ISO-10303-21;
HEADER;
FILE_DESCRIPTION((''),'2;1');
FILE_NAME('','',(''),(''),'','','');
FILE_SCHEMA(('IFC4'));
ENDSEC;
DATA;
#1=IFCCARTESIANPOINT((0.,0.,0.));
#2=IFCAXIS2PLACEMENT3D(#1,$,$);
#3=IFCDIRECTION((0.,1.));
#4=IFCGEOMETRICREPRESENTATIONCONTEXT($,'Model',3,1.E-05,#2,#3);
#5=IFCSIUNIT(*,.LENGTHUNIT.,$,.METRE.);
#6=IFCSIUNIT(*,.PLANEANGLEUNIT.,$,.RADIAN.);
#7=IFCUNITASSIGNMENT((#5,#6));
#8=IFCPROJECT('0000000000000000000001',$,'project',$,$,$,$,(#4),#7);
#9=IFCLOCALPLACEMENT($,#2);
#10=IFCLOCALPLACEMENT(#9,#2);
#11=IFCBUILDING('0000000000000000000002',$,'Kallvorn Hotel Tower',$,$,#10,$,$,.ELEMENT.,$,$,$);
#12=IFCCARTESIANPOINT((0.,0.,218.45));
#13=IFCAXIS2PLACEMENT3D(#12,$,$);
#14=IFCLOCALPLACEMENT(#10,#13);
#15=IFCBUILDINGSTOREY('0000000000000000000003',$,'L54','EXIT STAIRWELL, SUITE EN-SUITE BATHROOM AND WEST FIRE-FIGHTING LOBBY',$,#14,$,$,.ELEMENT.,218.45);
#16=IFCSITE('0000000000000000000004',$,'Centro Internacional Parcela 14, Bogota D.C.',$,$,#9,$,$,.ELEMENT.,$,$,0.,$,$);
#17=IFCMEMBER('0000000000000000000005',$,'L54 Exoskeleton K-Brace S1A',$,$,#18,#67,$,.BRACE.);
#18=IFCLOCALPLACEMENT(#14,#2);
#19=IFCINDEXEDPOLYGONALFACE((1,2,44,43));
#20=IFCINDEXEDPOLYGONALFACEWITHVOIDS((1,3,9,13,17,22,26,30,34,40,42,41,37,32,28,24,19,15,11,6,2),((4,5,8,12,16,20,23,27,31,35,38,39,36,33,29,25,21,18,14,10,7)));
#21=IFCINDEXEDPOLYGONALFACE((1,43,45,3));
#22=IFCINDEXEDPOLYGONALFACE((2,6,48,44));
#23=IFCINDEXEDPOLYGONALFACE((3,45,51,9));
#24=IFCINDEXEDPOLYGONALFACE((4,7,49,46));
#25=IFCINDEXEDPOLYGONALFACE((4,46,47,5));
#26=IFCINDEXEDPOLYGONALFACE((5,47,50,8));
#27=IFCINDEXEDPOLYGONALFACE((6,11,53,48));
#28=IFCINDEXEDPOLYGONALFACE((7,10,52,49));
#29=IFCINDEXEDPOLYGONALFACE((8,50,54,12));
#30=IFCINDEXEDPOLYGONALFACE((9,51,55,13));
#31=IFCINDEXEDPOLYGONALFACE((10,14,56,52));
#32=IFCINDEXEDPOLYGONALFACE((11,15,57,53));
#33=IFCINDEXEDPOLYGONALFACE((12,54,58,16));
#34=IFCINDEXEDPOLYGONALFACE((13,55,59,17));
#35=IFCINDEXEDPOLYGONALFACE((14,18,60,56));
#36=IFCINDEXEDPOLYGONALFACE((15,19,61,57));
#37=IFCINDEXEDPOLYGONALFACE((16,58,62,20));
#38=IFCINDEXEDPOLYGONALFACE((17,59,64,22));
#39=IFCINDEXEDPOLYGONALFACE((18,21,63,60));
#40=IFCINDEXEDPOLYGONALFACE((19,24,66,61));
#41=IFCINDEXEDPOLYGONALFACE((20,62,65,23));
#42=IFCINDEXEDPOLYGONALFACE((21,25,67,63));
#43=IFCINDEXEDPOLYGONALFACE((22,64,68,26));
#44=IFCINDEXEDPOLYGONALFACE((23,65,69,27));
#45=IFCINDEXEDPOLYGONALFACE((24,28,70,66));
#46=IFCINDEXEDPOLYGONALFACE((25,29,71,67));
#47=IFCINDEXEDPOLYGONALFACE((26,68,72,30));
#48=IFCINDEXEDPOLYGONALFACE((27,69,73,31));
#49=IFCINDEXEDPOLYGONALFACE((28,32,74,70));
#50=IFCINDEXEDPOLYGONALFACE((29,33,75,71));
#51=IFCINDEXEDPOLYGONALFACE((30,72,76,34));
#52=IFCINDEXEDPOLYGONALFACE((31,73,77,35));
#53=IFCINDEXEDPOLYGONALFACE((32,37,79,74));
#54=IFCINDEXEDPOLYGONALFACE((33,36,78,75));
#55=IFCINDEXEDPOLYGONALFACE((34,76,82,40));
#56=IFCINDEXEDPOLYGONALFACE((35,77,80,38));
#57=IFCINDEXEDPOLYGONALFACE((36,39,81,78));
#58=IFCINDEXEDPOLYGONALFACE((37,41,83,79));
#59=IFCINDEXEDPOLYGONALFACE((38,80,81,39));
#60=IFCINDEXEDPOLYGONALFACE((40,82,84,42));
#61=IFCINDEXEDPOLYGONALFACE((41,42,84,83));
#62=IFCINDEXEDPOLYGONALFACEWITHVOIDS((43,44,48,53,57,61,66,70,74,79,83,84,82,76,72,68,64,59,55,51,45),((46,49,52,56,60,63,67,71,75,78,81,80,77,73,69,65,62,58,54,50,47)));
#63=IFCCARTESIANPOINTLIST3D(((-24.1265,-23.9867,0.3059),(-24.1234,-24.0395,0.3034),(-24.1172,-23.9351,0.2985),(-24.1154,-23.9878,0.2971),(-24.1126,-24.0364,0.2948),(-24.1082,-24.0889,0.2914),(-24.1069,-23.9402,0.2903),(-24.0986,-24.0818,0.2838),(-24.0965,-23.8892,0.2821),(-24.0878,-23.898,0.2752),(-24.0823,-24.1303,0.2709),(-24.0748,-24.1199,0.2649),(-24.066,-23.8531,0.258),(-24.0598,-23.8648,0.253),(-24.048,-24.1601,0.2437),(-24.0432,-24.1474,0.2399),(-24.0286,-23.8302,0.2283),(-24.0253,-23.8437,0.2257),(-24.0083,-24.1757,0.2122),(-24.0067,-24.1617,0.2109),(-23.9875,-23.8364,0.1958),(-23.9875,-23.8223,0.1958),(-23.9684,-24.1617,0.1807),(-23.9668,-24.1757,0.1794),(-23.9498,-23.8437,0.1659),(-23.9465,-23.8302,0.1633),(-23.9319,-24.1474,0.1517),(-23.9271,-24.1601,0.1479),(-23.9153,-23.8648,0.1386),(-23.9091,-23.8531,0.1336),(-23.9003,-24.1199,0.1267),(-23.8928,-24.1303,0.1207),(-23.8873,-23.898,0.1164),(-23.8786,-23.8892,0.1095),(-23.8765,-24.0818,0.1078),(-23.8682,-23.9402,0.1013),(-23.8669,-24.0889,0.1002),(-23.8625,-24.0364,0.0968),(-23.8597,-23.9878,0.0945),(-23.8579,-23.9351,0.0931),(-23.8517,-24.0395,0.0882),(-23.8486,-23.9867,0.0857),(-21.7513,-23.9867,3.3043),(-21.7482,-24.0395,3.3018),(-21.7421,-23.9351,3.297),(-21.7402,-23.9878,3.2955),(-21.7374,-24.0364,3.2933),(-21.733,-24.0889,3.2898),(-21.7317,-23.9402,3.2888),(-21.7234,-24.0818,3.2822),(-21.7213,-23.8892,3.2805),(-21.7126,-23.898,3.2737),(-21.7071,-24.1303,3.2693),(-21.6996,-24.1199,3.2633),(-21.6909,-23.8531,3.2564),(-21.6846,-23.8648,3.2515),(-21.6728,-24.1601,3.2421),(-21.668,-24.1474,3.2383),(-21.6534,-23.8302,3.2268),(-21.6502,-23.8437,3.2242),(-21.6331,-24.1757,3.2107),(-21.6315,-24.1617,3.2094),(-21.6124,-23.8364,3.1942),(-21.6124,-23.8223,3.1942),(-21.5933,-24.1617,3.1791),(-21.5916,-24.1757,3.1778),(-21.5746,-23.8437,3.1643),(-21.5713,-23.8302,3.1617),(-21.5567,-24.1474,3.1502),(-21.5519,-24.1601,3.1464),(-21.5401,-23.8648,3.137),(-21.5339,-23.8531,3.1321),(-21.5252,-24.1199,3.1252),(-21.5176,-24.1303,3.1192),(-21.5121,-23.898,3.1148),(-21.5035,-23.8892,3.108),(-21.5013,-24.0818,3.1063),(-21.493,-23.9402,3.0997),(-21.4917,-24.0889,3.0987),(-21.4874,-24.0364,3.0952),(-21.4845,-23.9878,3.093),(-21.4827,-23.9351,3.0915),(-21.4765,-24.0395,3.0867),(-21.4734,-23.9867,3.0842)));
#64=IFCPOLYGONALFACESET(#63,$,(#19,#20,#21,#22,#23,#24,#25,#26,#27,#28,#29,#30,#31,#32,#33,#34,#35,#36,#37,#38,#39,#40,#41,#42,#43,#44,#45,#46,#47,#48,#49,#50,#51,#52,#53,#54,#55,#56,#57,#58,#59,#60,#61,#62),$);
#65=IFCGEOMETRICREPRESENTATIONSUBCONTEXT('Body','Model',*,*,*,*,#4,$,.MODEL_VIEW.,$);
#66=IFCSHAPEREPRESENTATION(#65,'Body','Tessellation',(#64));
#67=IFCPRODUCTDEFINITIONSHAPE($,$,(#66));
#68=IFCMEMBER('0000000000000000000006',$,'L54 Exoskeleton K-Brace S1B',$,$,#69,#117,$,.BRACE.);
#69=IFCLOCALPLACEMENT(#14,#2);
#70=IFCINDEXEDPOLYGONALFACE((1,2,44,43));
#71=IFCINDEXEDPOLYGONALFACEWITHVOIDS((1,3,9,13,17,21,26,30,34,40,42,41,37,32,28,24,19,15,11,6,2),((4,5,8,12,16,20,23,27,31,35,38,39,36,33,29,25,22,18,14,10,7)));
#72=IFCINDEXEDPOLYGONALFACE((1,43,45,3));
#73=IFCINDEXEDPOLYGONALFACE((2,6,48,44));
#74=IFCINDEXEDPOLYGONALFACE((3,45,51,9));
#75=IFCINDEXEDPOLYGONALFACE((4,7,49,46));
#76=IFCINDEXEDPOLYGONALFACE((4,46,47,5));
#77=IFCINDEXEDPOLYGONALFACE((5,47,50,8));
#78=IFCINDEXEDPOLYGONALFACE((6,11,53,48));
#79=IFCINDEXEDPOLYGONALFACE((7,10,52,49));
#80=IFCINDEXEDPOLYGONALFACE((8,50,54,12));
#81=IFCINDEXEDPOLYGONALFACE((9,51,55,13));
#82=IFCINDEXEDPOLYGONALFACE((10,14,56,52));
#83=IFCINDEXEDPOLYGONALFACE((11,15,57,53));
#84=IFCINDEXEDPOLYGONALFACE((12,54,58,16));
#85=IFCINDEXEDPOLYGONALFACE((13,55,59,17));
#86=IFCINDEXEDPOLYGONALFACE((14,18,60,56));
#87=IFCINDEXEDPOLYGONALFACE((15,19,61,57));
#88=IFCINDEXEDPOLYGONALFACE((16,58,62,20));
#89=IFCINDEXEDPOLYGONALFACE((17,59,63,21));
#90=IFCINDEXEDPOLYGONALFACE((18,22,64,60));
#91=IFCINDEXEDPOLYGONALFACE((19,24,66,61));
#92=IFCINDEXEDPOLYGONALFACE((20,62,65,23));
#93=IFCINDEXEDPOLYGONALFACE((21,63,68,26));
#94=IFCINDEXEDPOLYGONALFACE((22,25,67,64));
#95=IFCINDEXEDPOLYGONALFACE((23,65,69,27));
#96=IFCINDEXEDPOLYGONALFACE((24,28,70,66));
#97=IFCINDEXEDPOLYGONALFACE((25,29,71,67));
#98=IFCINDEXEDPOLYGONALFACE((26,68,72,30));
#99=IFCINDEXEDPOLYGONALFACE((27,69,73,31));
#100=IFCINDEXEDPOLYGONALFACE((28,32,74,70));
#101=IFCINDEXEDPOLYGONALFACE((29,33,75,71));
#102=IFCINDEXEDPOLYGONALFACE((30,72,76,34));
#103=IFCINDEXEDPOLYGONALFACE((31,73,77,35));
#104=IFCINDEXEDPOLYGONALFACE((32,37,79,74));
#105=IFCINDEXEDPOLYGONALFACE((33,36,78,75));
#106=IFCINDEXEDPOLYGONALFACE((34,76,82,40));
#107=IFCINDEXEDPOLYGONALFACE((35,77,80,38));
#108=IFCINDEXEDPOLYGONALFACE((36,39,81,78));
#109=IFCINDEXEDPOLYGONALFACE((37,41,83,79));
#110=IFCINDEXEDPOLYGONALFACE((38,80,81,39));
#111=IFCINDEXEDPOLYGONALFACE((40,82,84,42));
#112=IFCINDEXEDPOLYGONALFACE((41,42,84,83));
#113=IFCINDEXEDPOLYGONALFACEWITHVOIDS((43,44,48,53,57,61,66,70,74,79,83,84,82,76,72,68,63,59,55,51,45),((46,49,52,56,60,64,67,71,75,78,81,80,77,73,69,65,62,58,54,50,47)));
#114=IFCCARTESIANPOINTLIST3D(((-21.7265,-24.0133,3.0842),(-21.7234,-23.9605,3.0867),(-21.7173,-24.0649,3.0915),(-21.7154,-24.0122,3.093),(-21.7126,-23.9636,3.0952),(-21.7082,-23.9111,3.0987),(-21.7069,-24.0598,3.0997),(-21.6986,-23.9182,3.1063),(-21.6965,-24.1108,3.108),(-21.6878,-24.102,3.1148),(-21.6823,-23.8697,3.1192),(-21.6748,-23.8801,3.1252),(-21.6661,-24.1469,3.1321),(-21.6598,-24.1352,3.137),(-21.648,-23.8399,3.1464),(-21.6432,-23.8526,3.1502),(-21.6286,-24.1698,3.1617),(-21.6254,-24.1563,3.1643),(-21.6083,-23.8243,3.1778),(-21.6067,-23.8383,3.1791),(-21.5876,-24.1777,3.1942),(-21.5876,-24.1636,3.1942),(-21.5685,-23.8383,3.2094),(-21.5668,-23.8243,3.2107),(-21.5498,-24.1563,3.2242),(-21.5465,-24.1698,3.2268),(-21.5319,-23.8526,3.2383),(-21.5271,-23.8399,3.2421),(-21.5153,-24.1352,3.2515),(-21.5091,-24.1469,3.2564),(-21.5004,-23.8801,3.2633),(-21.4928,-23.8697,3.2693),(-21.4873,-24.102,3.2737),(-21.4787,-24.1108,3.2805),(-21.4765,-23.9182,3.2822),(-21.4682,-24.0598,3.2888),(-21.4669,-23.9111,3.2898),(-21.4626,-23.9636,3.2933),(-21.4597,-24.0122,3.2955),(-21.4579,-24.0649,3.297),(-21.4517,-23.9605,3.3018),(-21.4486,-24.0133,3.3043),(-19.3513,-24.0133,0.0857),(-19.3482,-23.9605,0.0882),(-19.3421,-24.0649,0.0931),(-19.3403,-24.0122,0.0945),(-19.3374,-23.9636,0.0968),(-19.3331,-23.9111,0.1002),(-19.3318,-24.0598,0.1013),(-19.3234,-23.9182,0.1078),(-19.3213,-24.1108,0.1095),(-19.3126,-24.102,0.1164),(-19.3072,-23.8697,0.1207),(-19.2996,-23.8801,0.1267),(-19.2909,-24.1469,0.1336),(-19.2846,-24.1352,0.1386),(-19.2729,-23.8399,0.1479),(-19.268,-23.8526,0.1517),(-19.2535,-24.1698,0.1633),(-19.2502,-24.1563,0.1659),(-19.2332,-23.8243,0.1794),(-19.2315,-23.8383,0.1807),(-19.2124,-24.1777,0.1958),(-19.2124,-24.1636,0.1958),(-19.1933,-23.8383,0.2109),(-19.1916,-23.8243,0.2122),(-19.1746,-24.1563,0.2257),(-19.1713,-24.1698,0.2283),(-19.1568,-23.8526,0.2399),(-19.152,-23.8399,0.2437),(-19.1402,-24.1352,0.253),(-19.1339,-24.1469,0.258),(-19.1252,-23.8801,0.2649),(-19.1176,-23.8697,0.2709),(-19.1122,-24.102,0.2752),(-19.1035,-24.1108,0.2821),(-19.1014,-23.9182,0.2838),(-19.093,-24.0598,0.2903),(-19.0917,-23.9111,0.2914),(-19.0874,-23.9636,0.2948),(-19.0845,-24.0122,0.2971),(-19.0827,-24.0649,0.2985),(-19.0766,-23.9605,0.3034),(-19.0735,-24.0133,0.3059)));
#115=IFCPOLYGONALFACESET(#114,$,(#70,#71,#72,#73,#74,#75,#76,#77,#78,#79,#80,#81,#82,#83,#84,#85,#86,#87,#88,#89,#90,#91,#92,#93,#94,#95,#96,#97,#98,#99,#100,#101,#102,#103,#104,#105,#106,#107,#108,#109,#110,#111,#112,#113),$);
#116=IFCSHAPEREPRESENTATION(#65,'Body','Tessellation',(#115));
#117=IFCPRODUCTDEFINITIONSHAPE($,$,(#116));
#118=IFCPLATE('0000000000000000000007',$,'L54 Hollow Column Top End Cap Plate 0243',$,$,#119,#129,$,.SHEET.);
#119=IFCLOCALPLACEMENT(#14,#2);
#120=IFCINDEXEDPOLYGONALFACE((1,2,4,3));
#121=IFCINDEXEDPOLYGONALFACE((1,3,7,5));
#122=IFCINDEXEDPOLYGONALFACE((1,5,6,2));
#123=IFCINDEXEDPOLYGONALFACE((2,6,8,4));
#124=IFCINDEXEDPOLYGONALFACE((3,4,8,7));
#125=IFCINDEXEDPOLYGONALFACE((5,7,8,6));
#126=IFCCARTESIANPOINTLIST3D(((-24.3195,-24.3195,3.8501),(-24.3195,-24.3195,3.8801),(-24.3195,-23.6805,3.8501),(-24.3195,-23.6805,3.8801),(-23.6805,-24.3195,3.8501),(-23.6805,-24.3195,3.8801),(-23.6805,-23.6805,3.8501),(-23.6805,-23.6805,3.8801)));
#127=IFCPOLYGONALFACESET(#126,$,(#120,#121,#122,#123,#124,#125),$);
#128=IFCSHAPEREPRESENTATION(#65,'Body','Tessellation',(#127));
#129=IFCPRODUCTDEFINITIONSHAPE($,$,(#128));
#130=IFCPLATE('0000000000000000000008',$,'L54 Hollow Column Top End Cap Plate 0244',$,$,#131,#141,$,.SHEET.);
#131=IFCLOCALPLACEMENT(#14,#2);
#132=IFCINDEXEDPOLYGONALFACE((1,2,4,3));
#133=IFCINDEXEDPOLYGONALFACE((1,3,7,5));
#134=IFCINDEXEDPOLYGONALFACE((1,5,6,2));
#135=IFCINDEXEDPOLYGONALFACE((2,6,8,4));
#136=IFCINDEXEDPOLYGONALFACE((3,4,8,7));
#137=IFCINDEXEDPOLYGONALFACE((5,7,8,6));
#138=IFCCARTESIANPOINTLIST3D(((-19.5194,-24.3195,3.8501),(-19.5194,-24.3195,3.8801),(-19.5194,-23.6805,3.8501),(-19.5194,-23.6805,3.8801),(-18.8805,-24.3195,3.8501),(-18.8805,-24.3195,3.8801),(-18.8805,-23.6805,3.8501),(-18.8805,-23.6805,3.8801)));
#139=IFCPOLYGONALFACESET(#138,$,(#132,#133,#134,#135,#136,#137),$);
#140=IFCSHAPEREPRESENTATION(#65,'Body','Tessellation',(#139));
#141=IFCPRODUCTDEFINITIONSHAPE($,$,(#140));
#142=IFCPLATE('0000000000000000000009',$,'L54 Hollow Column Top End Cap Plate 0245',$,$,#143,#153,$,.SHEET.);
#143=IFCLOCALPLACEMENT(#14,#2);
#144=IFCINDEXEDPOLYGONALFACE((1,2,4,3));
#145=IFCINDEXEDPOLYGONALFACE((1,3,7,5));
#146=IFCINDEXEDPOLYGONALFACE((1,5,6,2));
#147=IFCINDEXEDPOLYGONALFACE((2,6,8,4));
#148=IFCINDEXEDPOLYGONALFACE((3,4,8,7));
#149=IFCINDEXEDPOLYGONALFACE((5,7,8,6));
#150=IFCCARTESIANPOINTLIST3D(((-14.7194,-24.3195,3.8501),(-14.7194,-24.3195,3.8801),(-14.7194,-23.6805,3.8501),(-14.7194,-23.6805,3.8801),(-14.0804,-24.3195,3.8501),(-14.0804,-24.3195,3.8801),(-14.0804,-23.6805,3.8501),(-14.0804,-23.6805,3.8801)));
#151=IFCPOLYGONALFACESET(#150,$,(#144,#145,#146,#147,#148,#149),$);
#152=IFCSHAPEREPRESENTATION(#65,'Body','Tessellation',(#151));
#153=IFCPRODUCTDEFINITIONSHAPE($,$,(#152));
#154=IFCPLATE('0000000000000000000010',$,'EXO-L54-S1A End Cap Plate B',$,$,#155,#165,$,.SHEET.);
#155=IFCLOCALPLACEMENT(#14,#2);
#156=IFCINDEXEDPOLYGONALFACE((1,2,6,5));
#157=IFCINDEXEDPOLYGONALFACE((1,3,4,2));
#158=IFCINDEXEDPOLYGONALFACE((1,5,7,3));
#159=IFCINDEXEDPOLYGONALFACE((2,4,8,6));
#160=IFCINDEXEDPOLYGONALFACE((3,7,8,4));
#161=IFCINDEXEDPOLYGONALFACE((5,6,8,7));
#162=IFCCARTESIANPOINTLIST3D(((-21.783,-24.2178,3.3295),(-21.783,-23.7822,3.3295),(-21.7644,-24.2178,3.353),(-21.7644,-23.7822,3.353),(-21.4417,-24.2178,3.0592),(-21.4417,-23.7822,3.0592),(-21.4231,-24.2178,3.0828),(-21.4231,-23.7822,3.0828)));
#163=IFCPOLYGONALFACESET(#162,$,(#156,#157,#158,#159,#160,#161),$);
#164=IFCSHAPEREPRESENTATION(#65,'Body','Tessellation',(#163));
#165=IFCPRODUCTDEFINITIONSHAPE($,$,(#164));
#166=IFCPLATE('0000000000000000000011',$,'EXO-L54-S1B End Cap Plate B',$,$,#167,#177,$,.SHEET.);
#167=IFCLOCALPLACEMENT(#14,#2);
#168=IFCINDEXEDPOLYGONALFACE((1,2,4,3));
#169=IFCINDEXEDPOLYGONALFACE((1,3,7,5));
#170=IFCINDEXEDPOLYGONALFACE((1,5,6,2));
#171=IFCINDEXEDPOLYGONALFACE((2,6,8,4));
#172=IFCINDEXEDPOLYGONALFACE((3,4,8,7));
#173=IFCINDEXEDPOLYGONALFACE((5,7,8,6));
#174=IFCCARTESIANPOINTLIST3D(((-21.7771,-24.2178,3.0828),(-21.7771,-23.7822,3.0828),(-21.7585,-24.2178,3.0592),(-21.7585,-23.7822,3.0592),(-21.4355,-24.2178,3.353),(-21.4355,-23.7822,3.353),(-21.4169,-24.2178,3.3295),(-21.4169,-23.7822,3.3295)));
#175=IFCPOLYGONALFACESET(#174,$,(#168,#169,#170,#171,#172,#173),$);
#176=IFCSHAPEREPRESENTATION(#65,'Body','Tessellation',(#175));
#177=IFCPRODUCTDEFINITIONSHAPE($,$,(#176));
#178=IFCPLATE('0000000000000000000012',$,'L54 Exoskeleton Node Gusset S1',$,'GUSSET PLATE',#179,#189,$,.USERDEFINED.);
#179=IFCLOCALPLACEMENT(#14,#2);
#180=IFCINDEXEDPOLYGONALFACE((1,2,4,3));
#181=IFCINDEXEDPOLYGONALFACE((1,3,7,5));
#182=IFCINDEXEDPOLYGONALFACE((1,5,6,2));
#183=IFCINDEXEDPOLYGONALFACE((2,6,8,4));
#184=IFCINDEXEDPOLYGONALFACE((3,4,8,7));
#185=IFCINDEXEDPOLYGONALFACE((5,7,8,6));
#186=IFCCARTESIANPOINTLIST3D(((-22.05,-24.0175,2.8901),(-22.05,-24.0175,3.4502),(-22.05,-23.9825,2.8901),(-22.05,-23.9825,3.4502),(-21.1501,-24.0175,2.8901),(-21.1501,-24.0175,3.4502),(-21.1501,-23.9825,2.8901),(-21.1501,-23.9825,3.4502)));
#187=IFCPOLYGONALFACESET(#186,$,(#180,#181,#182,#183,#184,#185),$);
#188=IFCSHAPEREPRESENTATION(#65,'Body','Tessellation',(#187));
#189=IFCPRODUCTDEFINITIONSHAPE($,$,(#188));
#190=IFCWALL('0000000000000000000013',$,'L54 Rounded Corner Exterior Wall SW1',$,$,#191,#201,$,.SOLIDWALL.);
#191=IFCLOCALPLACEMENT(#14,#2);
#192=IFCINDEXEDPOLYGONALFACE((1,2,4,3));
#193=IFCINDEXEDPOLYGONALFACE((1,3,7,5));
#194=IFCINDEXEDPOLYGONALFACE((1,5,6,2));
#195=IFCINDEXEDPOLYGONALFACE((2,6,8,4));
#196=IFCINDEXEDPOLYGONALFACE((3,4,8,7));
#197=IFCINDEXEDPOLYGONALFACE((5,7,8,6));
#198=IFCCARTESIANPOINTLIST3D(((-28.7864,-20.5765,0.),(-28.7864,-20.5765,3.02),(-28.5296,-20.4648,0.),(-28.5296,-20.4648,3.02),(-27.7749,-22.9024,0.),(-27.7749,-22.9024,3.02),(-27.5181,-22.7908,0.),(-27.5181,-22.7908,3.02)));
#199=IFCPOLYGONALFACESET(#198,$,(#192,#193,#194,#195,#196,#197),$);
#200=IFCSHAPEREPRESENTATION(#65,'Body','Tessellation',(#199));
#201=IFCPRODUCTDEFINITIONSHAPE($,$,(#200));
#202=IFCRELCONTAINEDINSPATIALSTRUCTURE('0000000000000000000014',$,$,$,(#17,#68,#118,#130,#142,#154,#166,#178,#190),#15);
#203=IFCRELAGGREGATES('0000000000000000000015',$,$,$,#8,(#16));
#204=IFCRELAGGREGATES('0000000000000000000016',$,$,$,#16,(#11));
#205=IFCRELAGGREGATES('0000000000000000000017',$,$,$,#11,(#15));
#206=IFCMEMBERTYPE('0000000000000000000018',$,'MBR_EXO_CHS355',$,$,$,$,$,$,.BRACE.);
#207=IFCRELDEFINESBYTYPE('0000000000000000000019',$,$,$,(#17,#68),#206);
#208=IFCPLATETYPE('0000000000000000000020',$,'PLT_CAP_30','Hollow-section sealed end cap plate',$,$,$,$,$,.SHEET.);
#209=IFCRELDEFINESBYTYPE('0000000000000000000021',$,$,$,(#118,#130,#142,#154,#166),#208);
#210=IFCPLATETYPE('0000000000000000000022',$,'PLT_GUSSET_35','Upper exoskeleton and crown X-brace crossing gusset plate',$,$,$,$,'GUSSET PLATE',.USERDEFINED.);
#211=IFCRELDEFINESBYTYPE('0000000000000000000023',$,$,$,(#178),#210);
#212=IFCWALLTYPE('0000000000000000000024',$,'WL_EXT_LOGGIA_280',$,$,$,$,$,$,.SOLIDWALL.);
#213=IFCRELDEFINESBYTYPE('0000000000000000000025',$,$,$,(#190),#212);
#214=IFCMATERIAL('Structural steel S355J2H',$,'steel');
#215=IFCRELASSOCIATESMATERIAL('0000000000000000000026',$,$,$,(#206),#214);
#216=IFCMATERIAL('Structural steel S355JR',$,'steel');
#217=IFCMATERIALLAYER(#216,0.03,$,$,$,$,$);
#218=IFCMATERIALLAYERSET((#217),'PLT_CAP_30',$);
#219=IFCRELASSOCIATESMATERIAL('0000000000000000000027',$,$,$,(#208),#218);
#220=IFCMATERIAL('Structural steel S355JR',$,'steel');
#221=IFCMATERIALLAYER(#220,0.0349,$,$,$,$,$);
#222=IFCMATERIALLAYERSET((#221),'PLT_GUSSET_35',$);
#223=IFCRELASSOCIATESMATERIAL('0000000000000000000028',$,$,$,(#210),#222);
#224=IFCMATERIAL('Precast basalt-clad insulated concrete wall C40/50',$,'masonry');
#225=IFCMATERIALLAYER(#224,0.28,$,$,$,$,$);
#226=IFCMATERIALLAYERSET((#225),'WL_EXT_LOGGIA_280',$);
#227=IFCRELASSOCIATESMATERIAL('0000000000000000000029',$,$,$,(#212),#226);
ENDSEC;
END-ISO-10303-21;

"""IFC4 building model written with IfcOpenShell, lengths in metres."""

from ifc_helpers import new_model, si_unit, direction, frame, frame_2d, origin, origin_2d, place, context, subcontext, project, spatial, polyline, rectangle, hollow_circle, outline, extrude, material, layer, layer_set, material_profile, profile_set, type_object, element, save


model = new_model("IFC4")

# Units and contexts
model_context = context("Model", 3, precision=1e-05, world=origin(), true_north=direction((0.0, 1.0)))
body_context = subcontext(model_context, "Body", "Model", "MODEL_VIEW")
ifc_project = project(units=[si_unit("LENGTHUNIT", "METRE"), si_unit("PLANEANGLEUNIT", "RADIAN")], contexts=[model_context])

# Site, building, storey
site_placement = place(None, origin())
site = spatial("IfcSite", under=ifc_project, at=site_placement, Name="Centro Internacional Parcela 14, Bogota D.C.", CompositionType="ELEMENT", RefElevation=0.0)
building_placement = place(site_placement, origin())
building = spatial("IfcBuilding", under=site, at=building_placement, Name="Kallvorn Hotel Tower", CompositionType="ELEMENT")
storey_placement = place(building_placement, frame((0.0, 0.0, 218.45)))
storey = spatial("IfcBuildingStorey", under=building, at=storey_placement, Name="L54", Description="EXIT STAIRWELL, SUITE EN-SUITE BATHROOM AND WEST FIRE-FIGHTING LOBBY", CompositionType="ELEMENT", Elevation=218.45)

# Members
ifc_material_1 = material(Name="Structural steel S355J2H", Category="steel")
ifc_material_profile_1 = material_profile(ifc_material_1, hollow_circle(Radius=0.1777, WallThickness=0.0142, at=origin_2d()), Name="CHS 355.6x14.2")
ifc_profile_set_1 = profile_set([ifc_material_profile_1], Name="Structural steel S355J2H")
member_type = type_object("IfcMemberType", Name="MBR_EXO_CHS355", PredefinedType="BRACE", material=ifc_profile_set_1)
for number, where, z_axis, x_axis, name in (
    (1, (-23.9875, -24.0, 0.1958), (0.620929, 0.0, 0.783867), (0.0, 1.0, 0.0), "L54 Exoskeleton K-Brace S1A"),
    (2, (-19.2124, -24.0, 0.1958), (-0.620929, 0.0, 0.783867), (0.0, -1.0, 0.0), "L54 Exoskeleton K-Brace S1B"),
):
    element("IfcMember", number, at=place(storey_placement, frame(where, z_axis=z_axis, x_axis=x_axis)), inside=storey, type_object=member_type, Name=name, PredefinedType="BRACE", context=body_context, shape_type="SweptSolid", body=[
        extrude(hollow_circle(Radius=0.1777, WallThickness=0.0142, at=origin_2d()), origin(), (0.0, 0.0, 1.0), 3.8252),
    ])

# Plates
ifc_material_2 = material(Name="Structural steel S355JR", Category="steel")
ifc_layer_1 = layer(ifc_material_2, 0.03)
ifc_layer_set_1 = layer_set([ifc_layer_1], Name="PLT_CAP_30")
plate_type_1 = type_object("IfcPlateType", Name="PLT_CAP_30", Description="Hollow-section sealed end cap plate", PredefinedType="SHEET", material=ifc_layer_set_1)
for number, where, z_axis, x_axis, name in (
    (3, (-24.0, -24.0, 3.8501), (0.0, 0.0, 1.0), (1.0, 0.0, 0.0), "L54 Hollow Column Top End Cap Plate 0243"),
    (4, (-19.2, -24.0, 3.8501), (0.0, 0.0, 1.0), (1.0, 0.0, 0.0), "L54 Hollow Column Top End Cap Plate 0244"),
    (5, (-14.3999, -24.0, 3.8501), (0.0, 0.0, 1.0), (1.0, 0.0, 0.0), "L54 Hollow Column Top End Cap Plate 0245"),
):
    element("IfcPlate", number, at=place(storey_placement, frame(where, z_axis=z_axis, x_axis=x_axis)), inside=storey, type_object=plate_type_1, Name=name, PredefinedType="SHEET", context=body_context, shape_type="SweptSolid", body=[
        extrude(rectangle(XDim=0.6389, YDim=0.6389, at=origin_2d()), origin(), (0.0, 0.0, 1.0), 0.03),
    ])
plate_1_placement = place(storey_placement, frame((-21.4231, -24.2178, 3.0828), z_axis=(0.620789, 0.0, 0.783978), x_axis=(0.0, 1.0, 0.0)))
element("IfcPlate", 6, at=plate_1_placement, inside=storey, type_object=plate_type_1, Name="EXO-L54-S1A End Cap Plate B", PredefinedType="SHEET", context=body_context, shape_type="SweptSolid", body=[
    extrude(outline(polyline([(0.0, 0.0), (0.4355, 0.0), (0.4355, 0.4354), (0.0, 0.4354), (0.0, 0.0)])), origin(), (0.0, 0.0, -1.0), 0.03),
])
plate_2_placement = place(storey_placement, frame((-21.7771, -23.7822, 3.0828), z_axis=(-0.620516, 0.0, 0.784194), x_axis=(0.0, -1.0, 0.0)))
element("IfcPlate", 7, at=plate_2_placement, inside=storey, type_object=plate_type_1, Name="EXO-L54-S1B End Cap Plate B", PredefinedType="SHEET", context=body_context, shape_type="SweptSolid", body=[
    extrude(outline(polyline([(0.0, 0.0), (0.4355, 0.0), (0.4355, 0.4355), (0.0, 0.4355), (0.0, 0.0)])), origin(), (0.0, 0.0, -1.0), 0.03),
])
ifc_material_3 = material(Name="Structural steel S355JR", Category="steel")
ifc_layer_2 = layer(ifc_material_3, 0.0349)
ifc_layer_set_2 = layer_set([ifc_layer_2], Name="PLT_GUSSET_35")
plate_type_2 = type_object("IfcPlateType", Name="PLT_GUSSET_35", Description="Upper exoskeleton and crown X-brace crossing gusset plate", ElementType="GUSSET PLATE", PredefinedType="USERDEFINED", material=ifc_layer_set_2)
plate_3_placement = place(storey_placement, frame((-21.6001, -24.0, 2.8901), z_axis=(0.0, 0.0, 1.0), x_axis=(1.0, 0.0, 0.0)))
element("IfcPlate", 8, at=plate_3_placement, inside=storey, type_object=plate_type_2, Name="L54 Exoskeleton Node Gusset S1", ObjectType="GUSSET PLATE", PredefinedType="USERDEFINED", context=body_context, shape_type="SweptSolid", body=[
    extrude(rectangle(XDim=0.8999, YDim=0.0349, at=origin_2d()), origin(), (0.0, 0.0, 1.0), 0.5601),
])

# Wall
ifc_material_4 = material(Name="Precast basalt-clad insulated concrete wall C40/50", Category="masonry")
ifc_layer_3 = layer(ifc_material_4, 0.28)
ifc_layer_set_3 = layer_set([ifc_layer_3], Name="WL_EXT_LOGGIA_280")
wall_type_1 = type_object("IfcWallType", Name="WL_EXT_LOGGIA_280", PredefinedType="SOLIDWALL", material=ifc_layer_set_3)
wall_1_placement = place(storey_placement, frame((-28.658, -20.5208, 0.0), z_axis=(0.0, 0.0, 1.0), x_axis=(0.398793, -0.917041, 0.0)))
element("IfcWall", 9, at=wall_1_placement, inside=storey, type_object=wall_type_1, Name="L54 Rounded Corner Exterior Wall SW1", PredefinedType="SOLIDWALL", context=body_context, shape_type="SweptSolid", body=[
    extrude(rectangle(XDim=2.5364, YDim=0.28, at=frame_2d((1.2681, 0.0))), origin(), (0.0, 0.0, 1.0), 3.02),
])

save(model, "model.ifc")
